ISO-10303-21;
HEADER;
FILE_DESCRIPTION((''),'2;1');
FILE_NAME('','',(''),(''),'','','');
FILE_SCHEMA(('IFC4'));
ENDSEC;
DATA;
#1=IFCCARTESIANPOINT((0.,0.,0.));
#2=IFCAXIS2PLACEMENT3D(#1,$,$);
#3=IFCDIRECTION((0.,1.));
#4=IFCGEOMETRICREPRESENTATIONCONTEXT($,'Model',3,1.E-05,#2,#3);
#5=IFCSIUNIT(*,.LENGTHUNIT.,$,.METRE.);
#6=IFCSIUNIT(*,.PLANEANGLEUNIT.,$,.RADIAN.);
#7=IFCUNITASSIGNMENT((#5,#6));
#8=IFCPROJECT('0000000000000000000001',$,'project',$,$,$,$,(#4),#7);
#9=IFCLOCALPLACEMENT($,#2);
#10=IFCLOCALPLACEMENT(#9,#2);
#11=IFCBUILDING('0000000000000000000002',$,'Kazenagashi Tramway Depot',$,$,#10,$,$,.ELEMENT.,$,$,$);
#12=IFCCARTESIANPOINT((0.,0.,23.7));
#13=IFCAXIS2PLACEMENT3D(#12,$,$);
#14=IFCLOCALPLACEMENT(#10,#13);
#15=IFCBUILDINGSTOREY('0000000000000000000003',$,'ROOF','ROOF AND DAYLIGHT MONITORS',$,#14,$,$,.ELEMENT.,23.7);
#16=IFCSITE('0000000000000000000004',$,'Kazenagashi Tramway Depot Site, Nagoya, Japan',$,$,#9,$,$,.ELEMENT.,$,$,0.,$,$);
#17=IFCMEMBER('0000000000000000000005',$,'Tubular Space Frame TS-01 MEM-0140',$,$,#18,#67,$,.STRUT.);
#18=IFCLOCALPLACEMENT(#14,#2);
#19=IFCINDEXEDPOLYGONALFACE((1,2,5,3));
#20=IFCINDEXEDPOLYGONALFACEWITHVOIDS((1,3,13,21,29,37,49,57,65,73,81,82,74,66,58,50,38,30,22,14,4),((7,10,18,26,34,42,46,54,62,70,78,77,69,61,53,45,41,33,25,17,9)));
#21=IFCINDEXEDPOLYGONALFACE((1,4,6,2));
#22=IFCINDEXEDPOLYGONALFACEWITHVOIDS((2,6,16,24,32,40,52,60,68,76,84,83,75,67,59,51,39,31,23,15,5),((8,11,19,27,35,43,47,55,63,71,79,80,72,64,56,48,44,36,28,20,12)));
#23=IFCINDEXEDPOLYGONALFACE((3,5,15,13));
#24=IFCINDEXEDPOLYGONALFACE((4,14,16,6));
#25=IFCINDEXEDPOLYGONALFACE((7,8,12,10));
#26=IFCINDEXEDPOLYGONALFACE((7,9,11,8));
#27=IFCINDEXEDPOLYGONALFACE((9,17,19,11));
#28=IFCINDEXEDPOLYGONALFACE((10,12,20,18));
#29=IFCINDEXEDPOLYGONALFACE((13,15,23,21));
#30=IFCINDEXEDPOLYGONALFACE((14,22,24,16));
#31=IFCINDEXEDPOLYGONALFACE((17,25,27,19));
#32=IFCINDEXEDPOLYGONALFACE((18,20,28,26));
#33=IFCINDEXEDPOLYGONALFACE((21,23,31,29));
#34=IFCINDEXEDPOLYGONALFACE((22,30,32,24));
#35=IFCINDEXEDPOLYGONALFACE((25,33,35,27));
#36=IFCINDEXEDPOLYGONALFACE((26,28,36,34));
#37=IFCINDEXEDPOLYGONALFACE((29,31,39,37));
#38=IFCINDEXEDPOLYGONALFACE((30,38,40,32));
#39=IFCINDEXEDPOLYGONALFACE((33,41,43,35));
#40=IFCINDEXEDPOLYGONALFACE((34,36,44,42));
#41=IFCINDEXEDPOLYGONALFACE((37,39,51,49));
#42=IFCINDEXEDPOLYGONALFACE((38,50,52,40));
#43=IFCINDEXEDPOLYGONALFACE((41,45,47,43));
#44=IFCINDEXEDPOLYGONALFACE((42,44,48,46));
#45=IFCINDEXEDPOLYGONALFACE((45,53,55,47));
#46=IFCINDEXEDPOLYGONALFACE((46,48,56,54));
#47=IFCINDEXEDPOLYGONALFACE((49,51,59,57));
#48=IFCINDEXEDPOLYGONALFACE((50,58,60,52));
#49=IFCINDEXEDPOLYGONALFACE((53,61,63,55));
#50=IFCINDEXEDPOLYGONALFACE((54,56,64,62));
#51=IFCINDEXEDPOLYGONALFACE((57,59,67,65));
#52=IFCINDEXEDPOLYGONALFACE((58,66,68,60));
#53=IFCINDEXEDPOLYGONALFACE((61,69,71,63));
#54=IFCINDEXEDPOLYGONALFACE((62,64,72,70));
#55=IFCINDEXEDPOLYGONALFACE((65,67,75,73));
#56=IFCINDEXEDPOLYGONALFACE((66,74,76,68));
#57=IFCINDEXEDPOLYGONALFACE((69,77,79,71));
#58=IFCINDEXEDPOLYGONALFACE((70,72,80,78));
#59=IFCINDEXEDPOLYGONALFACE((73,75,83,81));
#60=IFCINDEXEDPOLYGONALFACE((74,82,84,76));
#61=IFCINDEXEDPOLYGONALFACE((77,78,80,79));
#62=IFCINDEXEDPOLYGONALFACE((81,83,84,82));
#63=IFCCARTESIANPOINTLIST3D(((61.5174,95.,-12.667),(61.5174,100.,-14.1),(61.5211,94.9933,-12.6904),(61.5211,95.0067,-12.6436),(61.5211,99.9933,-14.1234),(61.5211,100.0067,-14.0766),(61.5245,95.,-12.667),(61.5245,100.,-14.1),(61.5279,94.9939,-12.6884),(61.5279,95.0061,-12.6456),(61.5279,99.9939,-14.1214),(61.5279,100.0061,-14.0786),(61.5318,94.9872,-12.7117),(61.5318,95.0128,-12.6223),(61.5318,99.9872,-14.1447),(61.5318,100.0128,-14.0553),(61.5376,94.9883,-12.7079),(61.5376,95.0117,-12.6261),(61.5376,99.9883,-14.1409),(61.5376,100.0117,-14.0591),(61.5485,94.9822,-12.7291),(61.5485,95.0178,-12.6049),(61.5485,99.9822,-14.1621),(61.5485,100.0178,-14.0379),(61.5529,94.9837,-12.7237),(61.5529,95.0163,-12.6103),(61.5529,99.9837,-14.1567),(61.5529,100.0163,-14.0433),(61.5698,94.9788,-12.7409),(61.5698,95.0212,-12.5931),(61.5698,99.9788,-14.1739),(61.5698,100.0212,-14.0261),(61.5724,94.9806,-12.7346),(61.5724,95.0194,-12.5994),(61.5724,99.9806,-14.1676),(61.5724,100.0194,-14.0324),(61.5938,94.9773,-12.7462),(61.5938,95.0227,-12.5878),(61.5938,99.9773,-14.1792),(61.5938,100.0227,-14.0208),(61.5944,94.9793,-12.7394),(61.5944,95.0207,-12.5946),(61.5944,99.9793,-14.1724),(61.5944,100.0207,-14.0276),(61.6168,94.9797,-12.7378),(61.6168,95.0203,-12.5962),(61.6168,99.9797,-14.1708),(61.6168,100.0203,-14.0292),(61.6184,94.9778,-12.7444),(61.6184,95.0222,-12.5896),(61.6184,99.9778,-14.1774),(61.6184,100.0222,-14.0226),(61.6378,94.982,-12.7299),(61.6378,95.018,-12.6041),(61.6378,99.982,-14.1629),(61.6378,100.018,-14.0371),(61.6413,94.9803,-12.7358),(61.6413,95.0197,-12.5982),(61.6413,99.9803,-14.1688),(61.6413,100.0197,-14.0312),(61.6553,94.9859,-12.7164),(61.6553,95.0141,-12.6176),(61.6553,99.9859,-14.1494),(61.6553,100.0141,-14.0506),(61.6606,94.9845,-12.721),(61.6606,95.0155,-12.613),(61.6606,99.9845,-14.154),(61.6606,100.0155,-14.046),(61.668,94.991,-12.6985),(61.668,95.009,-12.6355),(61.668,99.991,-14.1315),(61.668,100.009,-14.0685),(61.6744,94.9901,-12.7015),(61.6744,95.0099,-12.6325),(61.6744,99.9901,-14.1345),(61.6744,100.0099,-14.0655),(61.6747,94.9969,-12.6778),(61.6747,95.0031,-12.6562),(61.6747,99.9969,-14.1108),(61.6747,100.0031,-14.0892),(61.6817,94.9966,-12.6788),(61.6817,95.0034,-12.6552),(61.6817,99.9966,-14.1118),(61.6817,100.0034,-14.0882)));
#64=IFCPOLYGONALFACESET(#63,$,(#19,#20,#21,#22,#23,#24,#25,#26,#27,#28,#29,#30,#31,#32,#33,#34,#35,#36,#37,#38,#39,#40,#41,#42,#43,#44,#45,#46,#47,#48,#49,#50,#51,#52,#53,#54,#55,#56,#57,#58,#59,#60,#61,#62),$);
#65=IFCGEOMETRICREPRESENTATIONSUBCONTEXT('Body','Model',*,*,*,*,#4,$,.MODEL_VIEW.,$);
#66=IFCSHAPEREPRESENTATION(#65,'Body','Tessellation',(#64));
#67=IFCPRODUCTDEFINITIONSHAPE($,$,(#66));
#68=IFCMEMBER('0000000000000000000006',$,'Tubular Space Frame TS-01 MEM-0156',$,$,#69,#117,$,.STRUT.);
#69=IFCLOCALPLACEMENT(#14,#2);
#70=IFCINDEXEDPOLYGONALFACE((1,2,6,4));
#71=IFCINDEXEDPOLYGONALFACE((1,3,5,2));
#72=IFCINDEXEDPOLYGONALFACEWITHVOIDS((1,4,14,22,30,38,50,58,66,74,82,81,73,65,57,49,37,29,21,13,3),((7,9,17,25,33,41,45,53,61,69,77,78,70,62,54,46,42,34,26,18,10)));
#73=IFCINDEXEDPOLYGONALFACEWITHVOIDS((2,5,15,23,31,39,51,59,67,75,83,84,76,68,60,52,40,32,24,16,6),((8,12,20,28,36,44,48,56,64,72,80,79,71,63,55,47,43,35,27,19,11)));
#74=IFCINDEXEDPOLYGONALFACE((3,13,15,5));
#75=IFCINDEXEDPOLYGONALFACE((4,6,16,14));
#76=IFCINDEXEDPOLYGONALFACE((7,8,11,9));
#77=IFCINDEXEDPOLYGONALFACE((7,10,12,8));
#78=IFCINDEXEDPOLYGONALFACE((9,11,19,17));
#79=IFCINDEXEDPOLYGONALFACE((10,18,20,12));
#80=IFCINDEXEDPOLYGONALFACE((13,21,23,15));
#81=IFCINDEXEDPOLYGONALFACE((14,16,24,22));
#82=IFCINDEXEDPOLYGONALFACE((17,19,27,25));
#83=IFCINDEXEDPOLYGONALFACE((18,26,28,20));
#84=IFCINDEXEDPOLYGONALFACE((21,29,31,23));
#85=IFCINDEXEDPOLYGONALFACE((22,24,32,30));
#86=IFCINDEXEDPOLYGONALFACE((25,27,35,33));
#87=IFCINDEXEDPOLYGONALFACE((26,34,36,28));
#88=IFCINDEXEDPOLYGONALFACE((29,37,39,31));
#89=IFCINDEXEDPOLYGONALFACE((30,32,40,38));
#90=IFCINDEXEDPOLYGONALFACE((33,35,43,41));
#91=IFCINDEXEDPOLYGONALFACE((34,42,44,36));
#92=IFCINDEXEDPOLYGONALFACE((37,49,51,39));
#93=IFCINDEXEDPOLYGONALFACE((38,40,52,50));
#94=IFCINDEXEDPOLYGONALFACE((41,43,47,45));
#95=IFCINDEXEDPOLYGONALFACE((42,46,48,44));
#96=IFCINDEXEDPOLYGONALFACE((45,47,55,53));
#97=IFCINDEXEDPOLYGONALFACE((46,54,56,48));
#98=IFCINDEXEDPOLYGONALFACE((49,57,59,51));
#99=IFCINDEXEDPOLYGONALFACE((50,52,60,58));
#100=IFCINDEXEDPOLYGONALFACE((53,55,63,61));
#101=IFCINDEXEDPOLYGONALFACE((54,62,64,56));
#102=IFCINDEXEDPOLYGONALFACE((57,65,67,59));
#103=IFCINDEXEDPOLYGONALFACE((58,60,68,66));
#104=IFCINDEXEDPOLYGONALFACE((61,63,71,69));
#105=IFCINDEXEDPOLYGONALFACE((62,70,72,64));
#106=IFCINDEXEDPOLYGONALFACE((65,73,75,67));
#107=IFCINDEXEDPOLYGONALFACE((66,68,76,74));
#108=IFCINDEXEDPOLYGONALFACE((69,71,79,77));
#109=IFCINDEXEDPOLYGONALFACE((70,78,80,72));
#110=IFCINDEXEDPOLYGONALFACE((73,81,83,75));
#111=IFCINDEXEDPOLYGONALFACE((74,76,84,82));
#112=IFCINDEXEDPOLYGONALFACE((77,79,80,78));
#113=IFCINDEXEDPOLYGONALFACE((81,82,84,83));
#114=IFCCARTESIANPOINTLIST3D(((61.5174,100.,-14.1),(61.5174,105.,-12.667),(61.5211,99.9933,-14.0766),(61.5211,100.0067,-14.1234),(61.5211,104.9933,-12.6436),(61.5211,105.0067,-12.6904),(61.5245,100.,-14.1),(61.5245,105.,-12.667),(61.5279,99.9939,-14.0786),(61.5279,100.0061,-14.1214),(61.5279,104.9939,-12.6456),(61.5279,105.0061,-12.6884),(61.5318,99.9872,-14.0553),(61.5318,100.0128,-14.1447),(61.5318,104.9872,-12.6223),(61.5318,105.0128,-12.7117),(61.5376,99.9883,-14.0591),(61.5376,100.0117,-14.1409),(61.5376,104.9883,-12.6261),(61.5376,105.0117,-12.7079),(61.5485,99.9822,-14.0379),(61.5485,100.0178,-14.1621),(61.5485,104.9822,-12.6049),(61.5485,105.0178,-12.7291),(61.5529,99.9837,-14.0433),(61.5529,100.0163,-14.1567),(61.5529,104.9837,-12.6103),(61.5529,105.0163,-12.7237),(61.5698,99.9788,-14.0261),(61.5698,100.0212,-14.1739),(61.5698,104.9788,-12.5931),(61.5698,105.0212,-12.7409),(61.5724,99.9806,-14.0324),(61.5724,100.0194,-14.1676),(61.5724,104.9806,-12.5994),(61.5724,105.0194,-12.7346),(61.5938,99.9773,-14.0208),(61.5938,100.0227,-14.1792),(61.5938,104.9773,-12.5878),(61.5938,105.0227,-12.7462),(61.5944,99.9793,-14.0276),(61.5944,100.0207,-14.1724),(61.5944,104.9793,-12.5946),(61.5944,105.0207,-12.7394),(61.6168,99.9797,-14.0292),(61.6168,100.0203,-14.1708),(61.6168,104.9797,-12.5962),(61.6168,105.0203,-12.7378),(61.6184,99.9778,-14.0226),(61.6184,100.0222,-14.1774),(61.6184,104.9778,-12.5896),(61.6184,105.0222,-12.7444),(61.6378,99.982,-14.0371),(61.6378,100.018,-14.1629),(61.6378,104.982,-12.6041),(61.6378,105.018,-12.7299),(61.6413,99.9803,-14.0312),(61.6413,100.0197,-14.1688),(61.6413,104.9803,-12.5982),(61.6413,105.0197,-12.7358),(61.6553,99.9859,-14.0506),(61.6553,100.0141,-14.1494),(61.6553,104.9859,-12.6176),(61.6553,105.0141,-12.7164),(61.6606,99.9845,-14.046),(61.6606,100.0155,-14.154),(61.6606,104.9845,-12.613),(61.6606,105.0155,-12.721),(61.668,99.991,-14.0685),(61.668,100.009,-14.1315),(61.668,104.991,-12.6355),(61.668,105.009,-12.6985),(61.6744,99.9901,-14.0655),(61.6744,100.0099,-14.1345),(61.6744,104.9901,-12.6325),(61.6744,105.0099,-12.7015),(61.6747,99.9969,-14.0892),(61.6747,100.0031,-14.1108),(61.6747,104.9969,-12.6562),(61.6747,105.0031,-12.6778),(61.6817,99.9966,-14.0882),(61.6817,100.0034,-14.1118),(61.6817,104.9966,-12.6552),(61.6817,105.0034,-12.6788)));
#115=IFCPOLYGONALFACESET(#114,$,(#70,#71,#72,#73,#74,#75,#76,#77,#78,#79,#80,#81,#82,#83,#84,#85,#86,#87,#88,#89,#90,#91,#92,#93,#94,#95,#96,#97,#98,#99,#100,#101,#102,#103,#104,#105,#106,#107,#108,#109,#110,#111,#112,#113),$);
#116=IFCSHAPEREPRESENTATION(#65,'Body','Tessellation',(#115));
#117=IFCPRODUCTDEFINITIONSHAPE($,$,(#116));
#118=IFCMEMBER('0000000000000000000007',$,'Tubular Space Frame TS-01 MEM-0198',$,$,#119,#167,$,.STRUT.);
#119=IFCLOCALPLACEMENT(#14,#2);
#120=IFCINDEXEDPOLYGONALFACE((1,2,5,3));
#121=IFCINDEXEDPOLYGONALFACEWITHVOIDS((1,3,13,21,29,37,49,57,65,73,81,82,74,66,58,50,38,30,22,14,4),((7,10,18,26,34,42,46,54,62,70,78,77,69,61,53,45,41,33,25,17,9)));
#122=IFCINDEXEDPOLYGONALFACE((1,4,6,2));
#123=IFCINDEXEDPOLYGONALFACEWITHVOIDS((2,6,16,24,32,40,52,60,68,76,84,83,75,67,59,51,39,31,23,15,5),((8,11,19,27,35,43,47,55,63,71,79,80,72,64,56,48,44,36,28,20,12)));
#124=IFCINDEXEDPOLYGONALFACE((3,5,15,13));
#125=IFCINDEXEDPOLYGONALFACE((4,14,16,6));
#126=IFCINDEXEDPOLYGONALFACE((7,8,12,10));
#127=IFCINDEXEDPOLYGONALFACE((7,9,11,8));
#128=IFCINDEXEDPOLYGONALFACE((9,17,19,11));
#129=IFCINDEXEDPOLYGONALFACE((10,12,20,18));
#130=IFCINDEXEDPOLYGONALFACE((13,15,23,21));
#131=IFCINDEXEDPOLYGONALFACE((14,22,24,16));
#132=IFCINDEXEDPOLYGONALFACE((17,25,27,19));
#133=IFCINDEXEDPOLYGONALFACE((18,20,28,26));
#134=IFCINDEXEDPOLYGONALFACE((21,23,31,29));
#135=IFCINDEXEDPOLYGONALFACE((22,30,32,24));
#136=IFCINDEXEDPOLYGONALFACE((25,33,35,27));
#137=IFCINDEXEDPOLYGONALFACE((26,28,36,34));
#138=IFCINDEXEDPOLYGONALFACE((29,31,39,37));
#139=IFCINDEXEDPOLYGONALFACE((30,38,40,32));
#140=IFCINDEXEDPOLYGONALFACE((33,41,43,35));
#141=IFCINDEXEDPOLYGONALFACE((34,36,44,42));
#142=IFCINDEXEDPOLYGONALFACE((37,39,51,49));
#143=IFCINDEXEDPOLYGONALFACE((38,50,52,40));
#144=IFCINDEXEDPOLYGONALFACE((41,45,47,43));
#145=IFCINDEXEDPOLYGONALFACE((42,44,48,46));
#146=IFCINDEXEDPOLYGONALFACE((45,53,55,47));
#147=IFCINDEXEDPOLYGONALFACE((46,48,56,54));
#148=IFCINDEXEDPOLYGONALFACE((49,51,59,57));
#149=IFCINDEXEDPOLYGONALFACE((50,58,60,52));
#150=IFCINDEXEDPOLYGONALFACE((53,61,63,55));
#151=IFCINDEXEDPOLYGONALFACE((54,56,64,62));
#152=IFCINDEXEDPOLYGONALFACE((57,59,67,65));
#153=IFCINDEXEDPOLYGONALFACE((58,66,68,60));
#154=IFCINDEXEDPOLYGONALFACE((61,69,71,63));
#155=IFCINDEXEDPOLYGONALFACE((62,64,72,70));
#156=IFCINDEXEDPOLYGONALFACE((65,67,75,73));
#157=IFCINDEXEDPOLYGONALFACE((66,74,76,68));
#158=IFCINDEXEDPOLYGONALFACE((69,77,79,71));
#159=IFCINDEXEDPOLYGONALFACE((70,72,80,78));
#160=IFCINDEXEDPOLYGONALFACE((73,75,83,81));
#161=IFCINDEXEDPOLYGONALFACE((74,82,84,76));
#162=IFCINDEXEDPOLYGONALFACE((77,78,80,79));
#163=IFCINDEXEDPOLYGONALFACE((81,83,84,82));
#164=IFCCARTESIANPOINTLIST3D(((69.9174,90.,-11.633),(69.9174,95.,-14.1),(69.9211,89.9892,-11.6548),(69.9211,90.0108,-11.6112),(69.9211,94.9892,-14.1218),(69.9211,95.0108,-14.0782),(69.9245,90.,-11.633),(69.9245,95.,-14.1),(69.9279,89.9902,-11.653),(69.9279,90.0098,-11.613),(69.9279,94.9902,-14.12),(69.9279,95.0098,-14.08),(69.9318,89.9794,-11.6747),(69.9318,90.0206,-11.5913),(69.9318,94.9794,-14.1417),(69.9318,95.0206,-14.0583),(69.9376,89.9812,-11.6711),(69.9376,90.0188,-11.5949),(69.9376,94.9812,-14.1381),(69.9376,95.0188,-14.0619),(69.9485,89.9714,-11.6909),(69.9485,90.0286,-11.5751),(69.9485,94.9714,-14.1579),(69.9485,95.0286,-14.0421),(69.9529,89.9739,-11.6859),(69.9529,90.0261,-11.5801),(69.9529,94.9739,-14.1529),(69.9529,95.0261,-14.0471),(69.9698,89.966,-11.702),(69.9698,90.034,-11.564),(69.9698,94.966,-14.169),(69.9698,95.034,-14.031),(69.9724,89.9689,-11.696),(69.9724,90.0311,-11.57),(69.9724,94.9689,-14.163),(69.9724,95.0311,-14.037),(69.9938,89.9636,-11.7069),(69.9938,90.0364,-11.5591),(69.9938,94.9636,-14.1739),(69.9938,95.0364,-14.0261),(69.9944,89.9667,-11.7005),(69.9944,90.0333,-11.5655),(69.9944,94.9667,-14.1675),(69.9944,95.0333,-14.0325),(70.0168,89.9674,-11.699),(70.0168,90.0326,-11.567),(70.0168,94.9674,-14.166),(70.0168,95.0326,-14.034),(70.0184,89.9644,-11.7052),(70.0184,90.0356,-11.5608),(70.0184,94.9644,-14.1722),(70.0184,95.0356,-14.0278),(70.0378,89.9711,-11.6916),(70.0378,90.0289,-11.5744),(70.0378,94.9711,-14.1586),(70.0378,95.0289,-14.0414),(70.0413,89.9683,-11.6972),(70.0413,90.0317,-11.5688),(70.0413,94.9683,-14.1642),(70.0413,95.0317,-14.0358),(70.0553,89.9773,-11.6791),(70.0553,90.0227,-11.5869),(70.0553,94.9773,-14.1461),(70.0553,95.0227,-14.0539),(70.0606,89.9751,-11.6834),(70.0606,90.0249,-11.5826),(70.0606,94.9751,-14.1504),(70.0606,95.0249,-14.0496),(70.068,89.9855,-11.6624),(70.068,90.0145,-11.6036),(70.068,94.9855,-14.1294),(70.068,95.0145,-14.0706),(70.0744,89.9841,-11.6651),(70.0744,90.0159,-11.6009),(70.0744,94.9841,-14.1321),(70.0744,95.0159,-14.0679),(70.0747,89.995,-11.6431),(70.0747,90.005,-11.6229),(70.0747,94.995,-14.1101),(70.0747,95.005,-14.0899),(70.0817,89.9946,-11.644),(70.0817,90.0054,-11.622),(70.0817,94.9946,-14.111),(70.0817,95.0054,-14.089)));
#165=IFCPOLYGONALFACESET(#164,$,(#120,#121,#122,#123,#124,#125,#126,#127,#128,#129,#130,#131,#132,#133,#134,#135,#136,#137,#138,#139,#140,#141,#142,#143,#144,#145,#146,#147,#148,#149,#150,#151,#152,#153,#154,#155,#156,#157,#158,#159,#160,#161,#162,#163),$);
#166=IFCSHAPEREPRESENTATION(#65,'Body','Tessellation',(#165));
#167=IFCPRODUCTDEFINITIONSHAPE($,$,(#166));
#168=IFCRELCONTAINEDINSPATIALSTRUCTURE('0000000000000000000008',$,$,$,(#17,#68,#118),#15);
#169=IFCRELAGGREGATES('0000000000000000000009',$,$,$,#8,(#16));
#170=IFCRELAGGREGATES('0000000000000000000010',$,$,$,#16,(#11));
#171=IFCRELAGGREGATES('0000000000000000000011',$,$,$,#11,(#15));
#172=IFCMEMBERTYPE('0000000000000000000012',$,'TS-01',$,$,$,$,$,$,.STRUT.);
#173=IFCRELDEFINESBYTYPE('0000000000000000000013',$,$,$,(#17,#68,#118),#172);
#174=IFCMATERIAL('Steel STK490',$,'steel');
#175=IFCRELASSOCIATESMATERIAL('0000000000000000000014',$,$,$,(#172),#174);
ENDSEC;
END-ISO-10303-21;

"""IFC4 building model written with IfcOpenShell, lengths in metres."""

from ifc_helpers import new_model, si_unit, direction, frame, origin, origin_2d, place, context, subcontext, project, spatial, hollow_circle, extrude, material, material_profile, profile_set, type_object, element, save


model = new_model("IFC4")

# Units and contexts
model_context = context("Model", 3, precision=1e-05, world=origin(), true_north=direction((0.0, 1.0)))
body_context = subcontext(model_context, "Body", "Model", "MODEL_VIEW")
ifc_project = project(units=[si_unit("LENGTHUNIT", "METRE"), si_unit("PLANEANGLEUNIT", "RADIAN")], contexts=[model_context])

# Site, building, storey
site_placement = place(None, origin())
site = spatial("IfcSite", under=ifc_project, at=site_placement, Name="Kazenagashi Tramway Depot Site, Nagoya, Japan", CompositionType="ELEMENT", RefElevation=0.0)
building_placement = place(site_placement, origin())
building = spatial("IfcBuilding", under=site, at=building_placement, Name="Kazenagashi Tramway Depot", CompositionType="ELEMENT")
storey_placement = place(building_placement, frame((0.0, 0.0, 23.7)))
storey = spatial("IfcBuildingStorey", under=building, at=storey_placement, Name="ROOF", Description="ROOF AND DAYLIGHT MONITORS", CompositionType="ELEMENT", Elevation=23.7)

# Members
ifc_material_1 = material(Name="Steel STK490", Category="steel")
ifc_material_profile_1 = material_profile(ifc_material_1, hollow_circle(Radius=0.0826, WallThickness=0.0071, at=origin_2d()), Name="CHS-165.2x7.1")
ifc_profile_set_1 = profile_set([ifc_material_profile_1], Name="Steel STK490")
member_type_1 = type_object("IfcMemberType", Name="TS-01", PredefinedType="STRUT", material=ifc_profile_set_1)
for number, where, z_axis, x_axis, name in (
    (1, (61.6, 95.0, -12.667), (0.0, 0.961299, -0.275508), (-1.0, 0.0, 0.0), "Tubular Space Frame TS-01 MEM-0140"),
    (2, (61.6, 100.0, -14.1), (0.0, 0.961299, 0.275508), (-1.0, 0.0, 0.0), "Tubular Space Frame TS-01 MEM-0156"),
):
    element("IfcMember", number, at=place(storey_placement, frame(where, z_axis=z_axis, x_axis=x_axis)), inside=storey, type_object=member_type_1, Name=name, PredefinedType="STRUT", context=body_context, shape_type="SweptSolid", body=[
        extrude(hollow_circle(Radius=0.0826, WallThickness=0.0071, at=origin_2d()), origin(), (0.0, 0.0, 1.0), 5.2013),
    ])
member_1_placement = place(storey_placement, frame((70.0, 90.0, -11.633), z_axis=(0.0, 0.896782, -0.442472), x_axis=(-1.0, 0.0, 0.0)))
element("IfcMember", 3, at=member_1_placement, inside=storey, type_object=member_type_1, Name="Tubular Space Frame TS-01 MEM-0198", PredefinedType="STRUT", context=body_context, shape_type="SweptSolid", body=[
    extrude(hollow_circle(Radius=0.0826, WallThickness=0.0071, at=origin_2d()), origin(), (0.0, 0.0, 1.0), 5.5755),
])

save(model, "model.ifc")
